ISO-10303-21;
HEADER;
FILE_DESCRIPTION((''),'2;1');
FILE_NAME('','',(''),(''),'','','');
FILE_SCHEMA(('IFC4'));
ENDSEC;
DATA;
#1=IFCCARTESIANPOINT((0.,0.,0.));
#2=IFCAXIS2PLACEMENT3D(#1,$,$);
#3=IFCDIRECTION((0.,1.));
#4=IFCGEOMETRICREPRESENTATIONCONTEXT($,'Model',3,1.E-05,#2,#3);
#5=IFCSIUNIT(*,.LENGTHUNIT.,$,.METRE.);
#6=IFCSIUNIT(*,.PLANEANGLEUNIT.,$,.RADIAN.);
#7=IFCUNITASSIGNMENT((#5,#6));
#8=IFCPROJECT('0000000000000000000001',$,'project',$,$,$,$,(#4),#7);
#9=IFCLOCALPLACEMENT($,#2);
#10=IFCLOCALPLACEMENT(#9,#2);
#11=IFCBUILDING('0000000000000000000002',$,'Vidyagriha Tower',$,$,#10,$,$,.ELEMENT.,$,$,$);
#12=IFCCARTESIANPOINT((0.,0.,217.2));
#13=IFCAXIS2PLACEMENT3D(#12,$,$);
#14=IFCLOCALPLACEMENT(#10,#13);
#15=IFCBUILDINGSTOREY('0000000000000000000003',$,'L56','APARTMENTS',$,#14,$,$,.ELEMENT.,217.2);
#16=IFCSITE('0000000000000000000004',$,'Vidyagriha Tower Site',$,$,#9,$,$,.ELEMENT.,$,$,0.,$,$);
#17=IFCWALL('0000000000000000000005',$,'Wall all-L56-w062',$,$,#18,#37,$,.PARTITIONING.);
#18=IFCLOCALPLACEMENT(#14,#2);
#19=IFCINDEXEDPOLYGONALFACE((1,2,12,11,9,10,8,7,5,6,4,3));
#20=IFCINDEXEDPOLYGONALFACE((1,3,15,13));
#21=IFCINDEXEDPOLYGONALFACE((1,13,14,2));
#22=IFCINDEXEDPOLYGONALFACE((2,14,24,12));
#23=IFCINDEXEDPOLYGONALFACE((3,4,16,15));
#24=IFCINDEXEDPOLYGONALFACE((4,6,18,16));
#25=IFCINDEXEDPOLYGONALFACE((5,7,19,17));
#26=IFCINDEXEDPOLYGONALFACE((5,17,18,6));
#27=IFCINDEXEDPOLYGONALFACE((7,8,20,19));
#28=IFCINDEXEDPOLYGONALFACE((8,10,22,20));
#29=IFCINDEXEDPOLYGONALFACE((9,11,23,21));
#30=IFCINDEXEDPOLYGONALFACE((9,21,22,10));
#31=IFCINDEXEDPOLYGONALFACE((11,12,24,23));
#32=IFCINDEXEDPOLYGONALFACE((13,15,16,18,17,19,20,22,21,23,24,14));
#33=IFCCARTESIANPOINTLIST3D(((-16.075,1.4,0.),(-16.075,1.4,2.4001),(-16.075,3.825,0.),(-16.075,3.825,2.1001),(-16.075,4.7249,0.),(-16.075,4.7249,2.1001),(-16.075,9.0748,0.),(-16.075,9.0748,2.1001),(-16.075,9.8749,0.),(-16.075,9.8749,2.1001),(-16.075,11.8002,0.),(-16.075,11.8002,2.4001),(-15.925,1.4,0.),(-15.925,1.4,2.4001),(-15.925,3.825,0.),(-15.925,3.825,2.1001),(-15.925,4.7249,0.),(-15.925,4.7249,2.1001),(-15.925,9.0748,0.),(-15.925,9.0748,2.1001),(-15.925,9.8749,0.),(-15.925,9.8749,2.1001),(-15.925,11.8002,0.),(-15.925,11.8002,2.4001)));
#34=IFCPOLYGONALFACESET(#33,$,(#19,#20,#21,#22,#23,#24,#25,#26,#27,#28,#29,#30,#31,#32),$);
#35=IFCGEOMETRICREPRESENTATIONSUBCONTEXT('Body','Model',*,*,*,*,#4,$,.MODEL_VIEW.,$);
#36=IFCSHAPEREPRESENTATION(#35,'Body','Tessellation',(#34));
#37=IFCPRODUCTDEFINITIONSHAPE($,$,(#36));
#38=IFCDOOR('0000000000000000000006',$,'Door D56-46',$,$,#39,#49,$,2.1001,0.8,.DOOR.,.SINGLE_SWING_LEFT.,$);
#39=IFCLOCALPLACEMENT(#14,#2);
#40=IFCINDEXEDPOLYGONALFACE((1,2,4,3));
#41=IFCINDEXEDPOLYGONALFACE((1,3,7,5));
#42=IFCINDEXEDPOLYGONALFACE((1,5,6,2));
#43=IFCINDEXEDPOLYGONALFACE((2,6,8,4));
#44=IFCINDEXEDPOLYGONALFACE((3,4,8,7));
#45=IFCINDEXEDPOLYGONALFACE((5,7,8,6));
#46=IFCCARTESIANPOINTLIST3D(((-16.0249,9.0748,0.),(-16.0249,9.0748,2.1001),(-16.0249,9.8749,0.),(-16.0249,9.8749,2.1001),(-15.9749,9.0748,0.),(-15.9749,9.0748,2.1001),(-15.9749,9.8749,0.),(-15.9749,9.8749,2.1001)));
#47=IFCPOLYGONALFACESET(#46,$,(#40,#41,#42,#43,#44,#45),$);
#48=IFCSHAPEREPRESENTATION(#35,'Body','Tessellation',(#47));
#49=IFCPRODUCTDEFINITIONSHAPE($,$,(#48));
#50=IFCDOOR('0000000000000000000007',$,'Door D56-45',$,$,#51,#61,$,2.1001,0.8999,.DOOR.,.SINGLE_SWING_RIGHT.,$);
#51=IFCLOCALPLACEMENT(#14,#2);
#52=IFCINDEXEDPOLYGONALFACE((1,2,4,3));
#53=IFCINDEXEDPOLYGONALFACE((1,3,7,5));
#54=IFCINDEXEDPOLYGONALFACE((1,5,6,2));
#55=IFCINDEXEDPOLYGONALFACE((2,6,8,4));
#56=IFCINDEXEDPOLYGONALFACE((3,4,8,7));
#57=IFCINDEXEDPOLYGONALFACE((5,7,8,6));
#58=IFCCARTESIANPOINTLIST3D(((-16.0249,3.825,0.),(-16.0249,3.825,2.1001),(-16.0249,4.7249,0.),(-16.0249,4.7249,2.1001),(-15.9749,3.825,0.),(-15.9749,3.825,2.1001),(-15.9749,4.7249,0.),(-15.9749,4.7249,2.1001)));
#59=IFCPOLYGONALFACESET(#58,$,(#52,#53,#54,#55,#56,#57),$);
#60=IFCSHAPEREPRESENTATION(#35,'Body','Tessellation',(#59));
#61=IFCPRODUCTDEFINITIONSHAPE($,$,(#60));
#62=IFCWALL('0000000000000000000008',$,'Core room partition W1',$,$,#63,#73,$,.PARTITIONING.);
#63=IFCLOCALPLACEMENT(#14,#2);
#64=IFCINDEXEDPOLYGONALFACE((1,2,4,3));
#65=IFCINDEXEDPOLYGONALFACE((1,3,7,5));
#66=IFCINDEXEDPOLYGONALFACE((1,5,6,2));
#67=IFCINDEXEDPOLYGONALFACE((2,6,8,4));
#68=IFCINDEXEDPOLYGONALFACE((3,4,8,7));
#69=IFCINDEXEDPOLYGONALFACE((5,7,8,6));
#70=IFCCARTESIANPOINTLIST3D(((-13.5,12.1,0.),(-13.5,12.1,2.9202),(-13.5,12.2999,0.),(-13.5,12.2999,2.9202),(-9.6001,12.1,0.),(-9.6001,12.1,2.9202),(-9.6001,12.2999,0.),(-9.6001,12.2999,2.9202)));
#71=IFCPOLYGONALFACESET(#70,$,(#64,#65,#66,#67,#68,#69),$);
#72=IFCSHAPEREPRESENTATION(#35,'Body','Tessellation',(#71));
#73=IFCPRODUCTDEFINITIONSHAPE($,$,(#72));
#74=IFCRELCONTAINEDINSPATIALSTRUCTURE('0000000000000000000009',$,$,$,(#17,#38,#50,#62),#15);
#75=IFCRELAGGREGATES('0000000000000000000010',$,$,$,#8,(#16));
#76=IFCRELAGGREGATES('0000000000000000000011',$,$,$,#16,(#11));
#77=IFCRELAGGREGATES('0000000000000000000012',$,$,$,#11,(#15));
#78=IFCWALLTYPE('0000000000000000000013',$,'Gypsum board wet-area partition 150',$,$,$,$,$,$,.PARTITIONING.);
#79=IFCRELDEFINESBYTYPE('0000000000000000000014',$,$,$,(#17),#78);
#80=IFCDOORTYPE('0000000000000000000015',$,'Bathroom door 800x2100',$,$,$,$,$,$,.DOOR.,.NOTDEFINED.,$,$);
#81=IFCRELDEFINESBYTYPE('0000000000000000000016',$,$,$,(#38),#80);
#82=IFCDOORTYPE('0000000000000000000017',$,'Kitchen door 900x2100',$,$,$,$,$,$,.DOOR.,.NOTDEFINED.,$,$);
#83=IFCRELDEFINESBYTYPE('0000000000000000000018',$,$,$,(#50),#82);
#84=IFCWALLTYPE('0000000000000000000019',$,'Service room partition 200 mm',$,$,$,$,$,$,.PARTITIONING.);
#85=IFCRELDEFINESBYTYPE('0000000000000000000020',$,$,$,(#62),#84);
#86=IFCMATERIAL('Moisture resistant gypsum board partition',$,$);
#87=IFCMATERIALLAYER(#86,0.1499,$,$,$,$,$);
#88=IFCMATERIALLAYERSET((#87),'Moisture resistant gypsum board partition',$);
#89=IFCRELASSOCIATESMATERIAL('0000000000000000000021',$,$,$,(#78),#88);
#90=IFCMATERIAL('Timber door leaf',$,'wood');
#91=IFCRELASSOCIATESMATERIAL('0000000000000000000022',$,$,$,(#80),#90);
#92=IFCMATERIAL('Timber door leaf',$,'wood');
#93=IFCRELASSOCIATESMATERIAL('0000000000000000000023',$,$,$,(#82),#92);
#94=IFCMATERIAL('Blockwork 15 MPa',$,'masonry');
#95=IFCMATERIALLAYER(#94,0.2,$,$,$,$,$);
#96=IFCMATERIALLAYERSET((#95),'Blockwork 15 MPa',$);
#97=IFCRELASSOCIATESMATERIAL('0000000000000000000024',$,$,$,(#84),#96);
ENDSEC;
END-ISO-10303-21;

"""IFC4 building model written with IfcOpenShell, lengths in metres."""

from ifc_helpers import new_model, si_unit, direction, frame, frame_2d, origin, place, context, subcontext, project, spatial, rectangle, extrude, material, layer, layer_set, type_object, element, fill, save


model = new_model("IFC4")

# Units and contexts
model_context = context("Model", 3, precision=1e-05, world=origin(), true_north=direction((0.0, 1.0)))
body_context = subcontext(model_context, "Body", "Model", "MODEL_VIEW")
ifc_project = project(units=[si_unit("LENGTHUNIT", "METRE"), si_unit("PLANEANGLEUNIT", "RADIAN")], contexts=[model_context])

# Site, building, storey
site_placement = place(None, origin())
site = spatial("IfcSite", under=ifc_project, at=site_placement, Name="Vidyagriha Tower Site", CompositionType="ELEMENT", RefElevation=0.0)
building_placement = place(site_placement, origin())
building = spatial("IfcBuilding", under=site, at=building_placement, Name="Vidyagriha Tower", CompositionType="ELEMENT")
storey_placement = place(building_placement, frame((0.0, 0.0, 217.2)))
storey = spatial("IfcBuildingStorey", under=building, at=storey_placement, Name="L56", Description="APARTMENTS", CompositionType="ELEMENT", Elevation=217.2)

# Wall, openings, doors
ifc_material_1 = material(Name="Moisture resistant gypsum board partition")
ifc_layer_1 = layer(ifc_material_1, 0.1499)
ifc_layer_set_1 = layer_set([ifc_layer_1], Name="Moisture resistant gypsum board partition")
wall_type_1 = type_object("IfcWallType", Name="Gypsum board wet-area partition 150", PredefinedType="PARTITIONING", material=ifc_layer_set_1)
wall_1_placement = place(storey_placement, frame((-16.0, 1.3999, 0.0), z_axis=(0.0, 0.0, 1.0), x_axis=(0.0, 1.0, 0.0)))
wall_1 = element("IfcWall", 1, at=wall_1_placement, inside=storey, type_object=wall_type_1, Name="Wall all-L56-w062", PredefinedType="PARTITIONING", context=body_context, shape_type="SweptSolid", body=[
    extrude(rectangle(XDim=10.4001, YDim=0.1499, at=frame_2d((5.2002, 0.0))), origin(), (0.0, 0.0, 1.0), 2.4001),
])
opening_1_placement = place(wall_1_placement, frame((2.425, 0.0, 0.0)))
opening_1 = element("IfcOpeningElement", 2, at=opening_1_placement, cuts=wall_1, PredefinedType="OPENING", context=body_context, shape_type="SweptSolid", body=[
    extrude(rectangle(XDim=0.8999, YDim=2.1001, at=frame_2d((0.45, 1.05))), frame((0.0, 0.085, 0.0), z_axis=(0.0, -1.0, 0.0), x_axis=(1.0, 0.0, 0.0)), (0.0, 0.0, 1.0), 0.1699),
])
opening_2_placement = place(wall_1_placement, frame((7.675, 0.0, 0.0)))
opening_2 = element("IfcOpeningElement", 3, at=opening_2_placement, cuts=wall_1, PredefinedType="OPENING", context=body_context, shape_type="SweptSolid", body=[
    extrude(rectangle(XDim=0.8, YDim=2.1001, at=frame_2d((0.3999, 1.05))), frame((0.0, 0.085, 0.0), z_axis=(0.0, -1.0, 0.0), x_axis=(1.0, 0.0, 0.0)), (0.0, 0.0, 1.0), 0.1699),
])
ifc_material_2 = material(Name="Timber door leaf", Category="wood")
door_type_1 = type_object("IfcDoorType", Name="Bathroom door 800x2100", OperationType="NOTDEFINED", PredefinedType="DOOR", material=ifc_material_2)
door_1_placement = place(opening_2_placement, origin())
door_1 = element("IfcDoor", 4, at=door_1_placement, inside=storey, type_object=door_type_1, Name="Door D56-46", OperationType="SINGLE_SWING_LEFT", OverallHeight=2.1001, OverallWidth=0.8, PredefinedType="DOOR", context=body_context, shape_type="SweptSolid", body=[
    extrude(rectangle(XDim=0.8, YDim=2.1001, at=frame_2d((0.3999, 1.05))), frame((0.0, 0.0249, 0.0), z_axis=(0.0, -1.0, 0.0), x_axis=(1.0, 0.0, 0.0)), (0.0, 0.0, 1.0), 0.05),
])
fill(opening_2, door_1)
ifc_material_3 = material(Name="Timber door leaf", Category="wood")
door_type_2 = type_object("IfcDoorType", Name="Kitchen door 900x2100", OperationType="NOTDEFINED", PredefinedType="DOOR", material=ifc_material_3)
door_2_placement = place(opening_1_placement, origin())
door_2 = element("IfcDoor", 5, at=door_2_placement, inside=storey, type_object=door_type_2, Name="Door D56-45", OperationType="SINGLE_SWING_RIGHT", OverallHeight=2.1001, OverallWidth=0.8999, PredefinedType="DOOR", context=body_context, shape_type="SweptSolid", body=[
    extrude(rectangle(XDim=0.8999, YDim=2.1001, at=frame_2d((0.45, 1.05))), frame((0.0, 0.0249, 0.0), z_axis=(0.0, -1.0, 0.0), x_axis=(1.0, 0.0, 0.0)), (0.0, 0.0, 1.0), 0.05),
])
fill(opening_1, door_2)

# Wall
ifc_material_4 = material(Name="Blockwork 15 MPa", Category="masonry")
ifc_layer_2 = layer(ifc_material_4, 0.2)
ifc_layer_set_2 = layer_set([ifc_layer_2], Name="Blockwork 15 MPa")
wall_type_2 = type_object("IfcWallType", Name="Service room partition 200 mm", PredefinedType="PARTITIONING", material=ifc_layer_set_2)
wall_2_placement = place(storey_placement, frame((-13.5, 12.2, 0.0)))
element("IfcWall", 6, at=wall_2_placement, inside=storey, type_object=wall_type_2, Name="Core room partition W1", PredefinedType="PARTITIONING", context=body_context, shape_type="SweptSolid", body=[
    extrude(rectangle(XDim=3.8999, YDim=0.2, at=frame_2d((1.95, 0.0))), origin(), (0.0, 0.0, 1.0), 2.9202),
])

save(model, "model.ifc")
